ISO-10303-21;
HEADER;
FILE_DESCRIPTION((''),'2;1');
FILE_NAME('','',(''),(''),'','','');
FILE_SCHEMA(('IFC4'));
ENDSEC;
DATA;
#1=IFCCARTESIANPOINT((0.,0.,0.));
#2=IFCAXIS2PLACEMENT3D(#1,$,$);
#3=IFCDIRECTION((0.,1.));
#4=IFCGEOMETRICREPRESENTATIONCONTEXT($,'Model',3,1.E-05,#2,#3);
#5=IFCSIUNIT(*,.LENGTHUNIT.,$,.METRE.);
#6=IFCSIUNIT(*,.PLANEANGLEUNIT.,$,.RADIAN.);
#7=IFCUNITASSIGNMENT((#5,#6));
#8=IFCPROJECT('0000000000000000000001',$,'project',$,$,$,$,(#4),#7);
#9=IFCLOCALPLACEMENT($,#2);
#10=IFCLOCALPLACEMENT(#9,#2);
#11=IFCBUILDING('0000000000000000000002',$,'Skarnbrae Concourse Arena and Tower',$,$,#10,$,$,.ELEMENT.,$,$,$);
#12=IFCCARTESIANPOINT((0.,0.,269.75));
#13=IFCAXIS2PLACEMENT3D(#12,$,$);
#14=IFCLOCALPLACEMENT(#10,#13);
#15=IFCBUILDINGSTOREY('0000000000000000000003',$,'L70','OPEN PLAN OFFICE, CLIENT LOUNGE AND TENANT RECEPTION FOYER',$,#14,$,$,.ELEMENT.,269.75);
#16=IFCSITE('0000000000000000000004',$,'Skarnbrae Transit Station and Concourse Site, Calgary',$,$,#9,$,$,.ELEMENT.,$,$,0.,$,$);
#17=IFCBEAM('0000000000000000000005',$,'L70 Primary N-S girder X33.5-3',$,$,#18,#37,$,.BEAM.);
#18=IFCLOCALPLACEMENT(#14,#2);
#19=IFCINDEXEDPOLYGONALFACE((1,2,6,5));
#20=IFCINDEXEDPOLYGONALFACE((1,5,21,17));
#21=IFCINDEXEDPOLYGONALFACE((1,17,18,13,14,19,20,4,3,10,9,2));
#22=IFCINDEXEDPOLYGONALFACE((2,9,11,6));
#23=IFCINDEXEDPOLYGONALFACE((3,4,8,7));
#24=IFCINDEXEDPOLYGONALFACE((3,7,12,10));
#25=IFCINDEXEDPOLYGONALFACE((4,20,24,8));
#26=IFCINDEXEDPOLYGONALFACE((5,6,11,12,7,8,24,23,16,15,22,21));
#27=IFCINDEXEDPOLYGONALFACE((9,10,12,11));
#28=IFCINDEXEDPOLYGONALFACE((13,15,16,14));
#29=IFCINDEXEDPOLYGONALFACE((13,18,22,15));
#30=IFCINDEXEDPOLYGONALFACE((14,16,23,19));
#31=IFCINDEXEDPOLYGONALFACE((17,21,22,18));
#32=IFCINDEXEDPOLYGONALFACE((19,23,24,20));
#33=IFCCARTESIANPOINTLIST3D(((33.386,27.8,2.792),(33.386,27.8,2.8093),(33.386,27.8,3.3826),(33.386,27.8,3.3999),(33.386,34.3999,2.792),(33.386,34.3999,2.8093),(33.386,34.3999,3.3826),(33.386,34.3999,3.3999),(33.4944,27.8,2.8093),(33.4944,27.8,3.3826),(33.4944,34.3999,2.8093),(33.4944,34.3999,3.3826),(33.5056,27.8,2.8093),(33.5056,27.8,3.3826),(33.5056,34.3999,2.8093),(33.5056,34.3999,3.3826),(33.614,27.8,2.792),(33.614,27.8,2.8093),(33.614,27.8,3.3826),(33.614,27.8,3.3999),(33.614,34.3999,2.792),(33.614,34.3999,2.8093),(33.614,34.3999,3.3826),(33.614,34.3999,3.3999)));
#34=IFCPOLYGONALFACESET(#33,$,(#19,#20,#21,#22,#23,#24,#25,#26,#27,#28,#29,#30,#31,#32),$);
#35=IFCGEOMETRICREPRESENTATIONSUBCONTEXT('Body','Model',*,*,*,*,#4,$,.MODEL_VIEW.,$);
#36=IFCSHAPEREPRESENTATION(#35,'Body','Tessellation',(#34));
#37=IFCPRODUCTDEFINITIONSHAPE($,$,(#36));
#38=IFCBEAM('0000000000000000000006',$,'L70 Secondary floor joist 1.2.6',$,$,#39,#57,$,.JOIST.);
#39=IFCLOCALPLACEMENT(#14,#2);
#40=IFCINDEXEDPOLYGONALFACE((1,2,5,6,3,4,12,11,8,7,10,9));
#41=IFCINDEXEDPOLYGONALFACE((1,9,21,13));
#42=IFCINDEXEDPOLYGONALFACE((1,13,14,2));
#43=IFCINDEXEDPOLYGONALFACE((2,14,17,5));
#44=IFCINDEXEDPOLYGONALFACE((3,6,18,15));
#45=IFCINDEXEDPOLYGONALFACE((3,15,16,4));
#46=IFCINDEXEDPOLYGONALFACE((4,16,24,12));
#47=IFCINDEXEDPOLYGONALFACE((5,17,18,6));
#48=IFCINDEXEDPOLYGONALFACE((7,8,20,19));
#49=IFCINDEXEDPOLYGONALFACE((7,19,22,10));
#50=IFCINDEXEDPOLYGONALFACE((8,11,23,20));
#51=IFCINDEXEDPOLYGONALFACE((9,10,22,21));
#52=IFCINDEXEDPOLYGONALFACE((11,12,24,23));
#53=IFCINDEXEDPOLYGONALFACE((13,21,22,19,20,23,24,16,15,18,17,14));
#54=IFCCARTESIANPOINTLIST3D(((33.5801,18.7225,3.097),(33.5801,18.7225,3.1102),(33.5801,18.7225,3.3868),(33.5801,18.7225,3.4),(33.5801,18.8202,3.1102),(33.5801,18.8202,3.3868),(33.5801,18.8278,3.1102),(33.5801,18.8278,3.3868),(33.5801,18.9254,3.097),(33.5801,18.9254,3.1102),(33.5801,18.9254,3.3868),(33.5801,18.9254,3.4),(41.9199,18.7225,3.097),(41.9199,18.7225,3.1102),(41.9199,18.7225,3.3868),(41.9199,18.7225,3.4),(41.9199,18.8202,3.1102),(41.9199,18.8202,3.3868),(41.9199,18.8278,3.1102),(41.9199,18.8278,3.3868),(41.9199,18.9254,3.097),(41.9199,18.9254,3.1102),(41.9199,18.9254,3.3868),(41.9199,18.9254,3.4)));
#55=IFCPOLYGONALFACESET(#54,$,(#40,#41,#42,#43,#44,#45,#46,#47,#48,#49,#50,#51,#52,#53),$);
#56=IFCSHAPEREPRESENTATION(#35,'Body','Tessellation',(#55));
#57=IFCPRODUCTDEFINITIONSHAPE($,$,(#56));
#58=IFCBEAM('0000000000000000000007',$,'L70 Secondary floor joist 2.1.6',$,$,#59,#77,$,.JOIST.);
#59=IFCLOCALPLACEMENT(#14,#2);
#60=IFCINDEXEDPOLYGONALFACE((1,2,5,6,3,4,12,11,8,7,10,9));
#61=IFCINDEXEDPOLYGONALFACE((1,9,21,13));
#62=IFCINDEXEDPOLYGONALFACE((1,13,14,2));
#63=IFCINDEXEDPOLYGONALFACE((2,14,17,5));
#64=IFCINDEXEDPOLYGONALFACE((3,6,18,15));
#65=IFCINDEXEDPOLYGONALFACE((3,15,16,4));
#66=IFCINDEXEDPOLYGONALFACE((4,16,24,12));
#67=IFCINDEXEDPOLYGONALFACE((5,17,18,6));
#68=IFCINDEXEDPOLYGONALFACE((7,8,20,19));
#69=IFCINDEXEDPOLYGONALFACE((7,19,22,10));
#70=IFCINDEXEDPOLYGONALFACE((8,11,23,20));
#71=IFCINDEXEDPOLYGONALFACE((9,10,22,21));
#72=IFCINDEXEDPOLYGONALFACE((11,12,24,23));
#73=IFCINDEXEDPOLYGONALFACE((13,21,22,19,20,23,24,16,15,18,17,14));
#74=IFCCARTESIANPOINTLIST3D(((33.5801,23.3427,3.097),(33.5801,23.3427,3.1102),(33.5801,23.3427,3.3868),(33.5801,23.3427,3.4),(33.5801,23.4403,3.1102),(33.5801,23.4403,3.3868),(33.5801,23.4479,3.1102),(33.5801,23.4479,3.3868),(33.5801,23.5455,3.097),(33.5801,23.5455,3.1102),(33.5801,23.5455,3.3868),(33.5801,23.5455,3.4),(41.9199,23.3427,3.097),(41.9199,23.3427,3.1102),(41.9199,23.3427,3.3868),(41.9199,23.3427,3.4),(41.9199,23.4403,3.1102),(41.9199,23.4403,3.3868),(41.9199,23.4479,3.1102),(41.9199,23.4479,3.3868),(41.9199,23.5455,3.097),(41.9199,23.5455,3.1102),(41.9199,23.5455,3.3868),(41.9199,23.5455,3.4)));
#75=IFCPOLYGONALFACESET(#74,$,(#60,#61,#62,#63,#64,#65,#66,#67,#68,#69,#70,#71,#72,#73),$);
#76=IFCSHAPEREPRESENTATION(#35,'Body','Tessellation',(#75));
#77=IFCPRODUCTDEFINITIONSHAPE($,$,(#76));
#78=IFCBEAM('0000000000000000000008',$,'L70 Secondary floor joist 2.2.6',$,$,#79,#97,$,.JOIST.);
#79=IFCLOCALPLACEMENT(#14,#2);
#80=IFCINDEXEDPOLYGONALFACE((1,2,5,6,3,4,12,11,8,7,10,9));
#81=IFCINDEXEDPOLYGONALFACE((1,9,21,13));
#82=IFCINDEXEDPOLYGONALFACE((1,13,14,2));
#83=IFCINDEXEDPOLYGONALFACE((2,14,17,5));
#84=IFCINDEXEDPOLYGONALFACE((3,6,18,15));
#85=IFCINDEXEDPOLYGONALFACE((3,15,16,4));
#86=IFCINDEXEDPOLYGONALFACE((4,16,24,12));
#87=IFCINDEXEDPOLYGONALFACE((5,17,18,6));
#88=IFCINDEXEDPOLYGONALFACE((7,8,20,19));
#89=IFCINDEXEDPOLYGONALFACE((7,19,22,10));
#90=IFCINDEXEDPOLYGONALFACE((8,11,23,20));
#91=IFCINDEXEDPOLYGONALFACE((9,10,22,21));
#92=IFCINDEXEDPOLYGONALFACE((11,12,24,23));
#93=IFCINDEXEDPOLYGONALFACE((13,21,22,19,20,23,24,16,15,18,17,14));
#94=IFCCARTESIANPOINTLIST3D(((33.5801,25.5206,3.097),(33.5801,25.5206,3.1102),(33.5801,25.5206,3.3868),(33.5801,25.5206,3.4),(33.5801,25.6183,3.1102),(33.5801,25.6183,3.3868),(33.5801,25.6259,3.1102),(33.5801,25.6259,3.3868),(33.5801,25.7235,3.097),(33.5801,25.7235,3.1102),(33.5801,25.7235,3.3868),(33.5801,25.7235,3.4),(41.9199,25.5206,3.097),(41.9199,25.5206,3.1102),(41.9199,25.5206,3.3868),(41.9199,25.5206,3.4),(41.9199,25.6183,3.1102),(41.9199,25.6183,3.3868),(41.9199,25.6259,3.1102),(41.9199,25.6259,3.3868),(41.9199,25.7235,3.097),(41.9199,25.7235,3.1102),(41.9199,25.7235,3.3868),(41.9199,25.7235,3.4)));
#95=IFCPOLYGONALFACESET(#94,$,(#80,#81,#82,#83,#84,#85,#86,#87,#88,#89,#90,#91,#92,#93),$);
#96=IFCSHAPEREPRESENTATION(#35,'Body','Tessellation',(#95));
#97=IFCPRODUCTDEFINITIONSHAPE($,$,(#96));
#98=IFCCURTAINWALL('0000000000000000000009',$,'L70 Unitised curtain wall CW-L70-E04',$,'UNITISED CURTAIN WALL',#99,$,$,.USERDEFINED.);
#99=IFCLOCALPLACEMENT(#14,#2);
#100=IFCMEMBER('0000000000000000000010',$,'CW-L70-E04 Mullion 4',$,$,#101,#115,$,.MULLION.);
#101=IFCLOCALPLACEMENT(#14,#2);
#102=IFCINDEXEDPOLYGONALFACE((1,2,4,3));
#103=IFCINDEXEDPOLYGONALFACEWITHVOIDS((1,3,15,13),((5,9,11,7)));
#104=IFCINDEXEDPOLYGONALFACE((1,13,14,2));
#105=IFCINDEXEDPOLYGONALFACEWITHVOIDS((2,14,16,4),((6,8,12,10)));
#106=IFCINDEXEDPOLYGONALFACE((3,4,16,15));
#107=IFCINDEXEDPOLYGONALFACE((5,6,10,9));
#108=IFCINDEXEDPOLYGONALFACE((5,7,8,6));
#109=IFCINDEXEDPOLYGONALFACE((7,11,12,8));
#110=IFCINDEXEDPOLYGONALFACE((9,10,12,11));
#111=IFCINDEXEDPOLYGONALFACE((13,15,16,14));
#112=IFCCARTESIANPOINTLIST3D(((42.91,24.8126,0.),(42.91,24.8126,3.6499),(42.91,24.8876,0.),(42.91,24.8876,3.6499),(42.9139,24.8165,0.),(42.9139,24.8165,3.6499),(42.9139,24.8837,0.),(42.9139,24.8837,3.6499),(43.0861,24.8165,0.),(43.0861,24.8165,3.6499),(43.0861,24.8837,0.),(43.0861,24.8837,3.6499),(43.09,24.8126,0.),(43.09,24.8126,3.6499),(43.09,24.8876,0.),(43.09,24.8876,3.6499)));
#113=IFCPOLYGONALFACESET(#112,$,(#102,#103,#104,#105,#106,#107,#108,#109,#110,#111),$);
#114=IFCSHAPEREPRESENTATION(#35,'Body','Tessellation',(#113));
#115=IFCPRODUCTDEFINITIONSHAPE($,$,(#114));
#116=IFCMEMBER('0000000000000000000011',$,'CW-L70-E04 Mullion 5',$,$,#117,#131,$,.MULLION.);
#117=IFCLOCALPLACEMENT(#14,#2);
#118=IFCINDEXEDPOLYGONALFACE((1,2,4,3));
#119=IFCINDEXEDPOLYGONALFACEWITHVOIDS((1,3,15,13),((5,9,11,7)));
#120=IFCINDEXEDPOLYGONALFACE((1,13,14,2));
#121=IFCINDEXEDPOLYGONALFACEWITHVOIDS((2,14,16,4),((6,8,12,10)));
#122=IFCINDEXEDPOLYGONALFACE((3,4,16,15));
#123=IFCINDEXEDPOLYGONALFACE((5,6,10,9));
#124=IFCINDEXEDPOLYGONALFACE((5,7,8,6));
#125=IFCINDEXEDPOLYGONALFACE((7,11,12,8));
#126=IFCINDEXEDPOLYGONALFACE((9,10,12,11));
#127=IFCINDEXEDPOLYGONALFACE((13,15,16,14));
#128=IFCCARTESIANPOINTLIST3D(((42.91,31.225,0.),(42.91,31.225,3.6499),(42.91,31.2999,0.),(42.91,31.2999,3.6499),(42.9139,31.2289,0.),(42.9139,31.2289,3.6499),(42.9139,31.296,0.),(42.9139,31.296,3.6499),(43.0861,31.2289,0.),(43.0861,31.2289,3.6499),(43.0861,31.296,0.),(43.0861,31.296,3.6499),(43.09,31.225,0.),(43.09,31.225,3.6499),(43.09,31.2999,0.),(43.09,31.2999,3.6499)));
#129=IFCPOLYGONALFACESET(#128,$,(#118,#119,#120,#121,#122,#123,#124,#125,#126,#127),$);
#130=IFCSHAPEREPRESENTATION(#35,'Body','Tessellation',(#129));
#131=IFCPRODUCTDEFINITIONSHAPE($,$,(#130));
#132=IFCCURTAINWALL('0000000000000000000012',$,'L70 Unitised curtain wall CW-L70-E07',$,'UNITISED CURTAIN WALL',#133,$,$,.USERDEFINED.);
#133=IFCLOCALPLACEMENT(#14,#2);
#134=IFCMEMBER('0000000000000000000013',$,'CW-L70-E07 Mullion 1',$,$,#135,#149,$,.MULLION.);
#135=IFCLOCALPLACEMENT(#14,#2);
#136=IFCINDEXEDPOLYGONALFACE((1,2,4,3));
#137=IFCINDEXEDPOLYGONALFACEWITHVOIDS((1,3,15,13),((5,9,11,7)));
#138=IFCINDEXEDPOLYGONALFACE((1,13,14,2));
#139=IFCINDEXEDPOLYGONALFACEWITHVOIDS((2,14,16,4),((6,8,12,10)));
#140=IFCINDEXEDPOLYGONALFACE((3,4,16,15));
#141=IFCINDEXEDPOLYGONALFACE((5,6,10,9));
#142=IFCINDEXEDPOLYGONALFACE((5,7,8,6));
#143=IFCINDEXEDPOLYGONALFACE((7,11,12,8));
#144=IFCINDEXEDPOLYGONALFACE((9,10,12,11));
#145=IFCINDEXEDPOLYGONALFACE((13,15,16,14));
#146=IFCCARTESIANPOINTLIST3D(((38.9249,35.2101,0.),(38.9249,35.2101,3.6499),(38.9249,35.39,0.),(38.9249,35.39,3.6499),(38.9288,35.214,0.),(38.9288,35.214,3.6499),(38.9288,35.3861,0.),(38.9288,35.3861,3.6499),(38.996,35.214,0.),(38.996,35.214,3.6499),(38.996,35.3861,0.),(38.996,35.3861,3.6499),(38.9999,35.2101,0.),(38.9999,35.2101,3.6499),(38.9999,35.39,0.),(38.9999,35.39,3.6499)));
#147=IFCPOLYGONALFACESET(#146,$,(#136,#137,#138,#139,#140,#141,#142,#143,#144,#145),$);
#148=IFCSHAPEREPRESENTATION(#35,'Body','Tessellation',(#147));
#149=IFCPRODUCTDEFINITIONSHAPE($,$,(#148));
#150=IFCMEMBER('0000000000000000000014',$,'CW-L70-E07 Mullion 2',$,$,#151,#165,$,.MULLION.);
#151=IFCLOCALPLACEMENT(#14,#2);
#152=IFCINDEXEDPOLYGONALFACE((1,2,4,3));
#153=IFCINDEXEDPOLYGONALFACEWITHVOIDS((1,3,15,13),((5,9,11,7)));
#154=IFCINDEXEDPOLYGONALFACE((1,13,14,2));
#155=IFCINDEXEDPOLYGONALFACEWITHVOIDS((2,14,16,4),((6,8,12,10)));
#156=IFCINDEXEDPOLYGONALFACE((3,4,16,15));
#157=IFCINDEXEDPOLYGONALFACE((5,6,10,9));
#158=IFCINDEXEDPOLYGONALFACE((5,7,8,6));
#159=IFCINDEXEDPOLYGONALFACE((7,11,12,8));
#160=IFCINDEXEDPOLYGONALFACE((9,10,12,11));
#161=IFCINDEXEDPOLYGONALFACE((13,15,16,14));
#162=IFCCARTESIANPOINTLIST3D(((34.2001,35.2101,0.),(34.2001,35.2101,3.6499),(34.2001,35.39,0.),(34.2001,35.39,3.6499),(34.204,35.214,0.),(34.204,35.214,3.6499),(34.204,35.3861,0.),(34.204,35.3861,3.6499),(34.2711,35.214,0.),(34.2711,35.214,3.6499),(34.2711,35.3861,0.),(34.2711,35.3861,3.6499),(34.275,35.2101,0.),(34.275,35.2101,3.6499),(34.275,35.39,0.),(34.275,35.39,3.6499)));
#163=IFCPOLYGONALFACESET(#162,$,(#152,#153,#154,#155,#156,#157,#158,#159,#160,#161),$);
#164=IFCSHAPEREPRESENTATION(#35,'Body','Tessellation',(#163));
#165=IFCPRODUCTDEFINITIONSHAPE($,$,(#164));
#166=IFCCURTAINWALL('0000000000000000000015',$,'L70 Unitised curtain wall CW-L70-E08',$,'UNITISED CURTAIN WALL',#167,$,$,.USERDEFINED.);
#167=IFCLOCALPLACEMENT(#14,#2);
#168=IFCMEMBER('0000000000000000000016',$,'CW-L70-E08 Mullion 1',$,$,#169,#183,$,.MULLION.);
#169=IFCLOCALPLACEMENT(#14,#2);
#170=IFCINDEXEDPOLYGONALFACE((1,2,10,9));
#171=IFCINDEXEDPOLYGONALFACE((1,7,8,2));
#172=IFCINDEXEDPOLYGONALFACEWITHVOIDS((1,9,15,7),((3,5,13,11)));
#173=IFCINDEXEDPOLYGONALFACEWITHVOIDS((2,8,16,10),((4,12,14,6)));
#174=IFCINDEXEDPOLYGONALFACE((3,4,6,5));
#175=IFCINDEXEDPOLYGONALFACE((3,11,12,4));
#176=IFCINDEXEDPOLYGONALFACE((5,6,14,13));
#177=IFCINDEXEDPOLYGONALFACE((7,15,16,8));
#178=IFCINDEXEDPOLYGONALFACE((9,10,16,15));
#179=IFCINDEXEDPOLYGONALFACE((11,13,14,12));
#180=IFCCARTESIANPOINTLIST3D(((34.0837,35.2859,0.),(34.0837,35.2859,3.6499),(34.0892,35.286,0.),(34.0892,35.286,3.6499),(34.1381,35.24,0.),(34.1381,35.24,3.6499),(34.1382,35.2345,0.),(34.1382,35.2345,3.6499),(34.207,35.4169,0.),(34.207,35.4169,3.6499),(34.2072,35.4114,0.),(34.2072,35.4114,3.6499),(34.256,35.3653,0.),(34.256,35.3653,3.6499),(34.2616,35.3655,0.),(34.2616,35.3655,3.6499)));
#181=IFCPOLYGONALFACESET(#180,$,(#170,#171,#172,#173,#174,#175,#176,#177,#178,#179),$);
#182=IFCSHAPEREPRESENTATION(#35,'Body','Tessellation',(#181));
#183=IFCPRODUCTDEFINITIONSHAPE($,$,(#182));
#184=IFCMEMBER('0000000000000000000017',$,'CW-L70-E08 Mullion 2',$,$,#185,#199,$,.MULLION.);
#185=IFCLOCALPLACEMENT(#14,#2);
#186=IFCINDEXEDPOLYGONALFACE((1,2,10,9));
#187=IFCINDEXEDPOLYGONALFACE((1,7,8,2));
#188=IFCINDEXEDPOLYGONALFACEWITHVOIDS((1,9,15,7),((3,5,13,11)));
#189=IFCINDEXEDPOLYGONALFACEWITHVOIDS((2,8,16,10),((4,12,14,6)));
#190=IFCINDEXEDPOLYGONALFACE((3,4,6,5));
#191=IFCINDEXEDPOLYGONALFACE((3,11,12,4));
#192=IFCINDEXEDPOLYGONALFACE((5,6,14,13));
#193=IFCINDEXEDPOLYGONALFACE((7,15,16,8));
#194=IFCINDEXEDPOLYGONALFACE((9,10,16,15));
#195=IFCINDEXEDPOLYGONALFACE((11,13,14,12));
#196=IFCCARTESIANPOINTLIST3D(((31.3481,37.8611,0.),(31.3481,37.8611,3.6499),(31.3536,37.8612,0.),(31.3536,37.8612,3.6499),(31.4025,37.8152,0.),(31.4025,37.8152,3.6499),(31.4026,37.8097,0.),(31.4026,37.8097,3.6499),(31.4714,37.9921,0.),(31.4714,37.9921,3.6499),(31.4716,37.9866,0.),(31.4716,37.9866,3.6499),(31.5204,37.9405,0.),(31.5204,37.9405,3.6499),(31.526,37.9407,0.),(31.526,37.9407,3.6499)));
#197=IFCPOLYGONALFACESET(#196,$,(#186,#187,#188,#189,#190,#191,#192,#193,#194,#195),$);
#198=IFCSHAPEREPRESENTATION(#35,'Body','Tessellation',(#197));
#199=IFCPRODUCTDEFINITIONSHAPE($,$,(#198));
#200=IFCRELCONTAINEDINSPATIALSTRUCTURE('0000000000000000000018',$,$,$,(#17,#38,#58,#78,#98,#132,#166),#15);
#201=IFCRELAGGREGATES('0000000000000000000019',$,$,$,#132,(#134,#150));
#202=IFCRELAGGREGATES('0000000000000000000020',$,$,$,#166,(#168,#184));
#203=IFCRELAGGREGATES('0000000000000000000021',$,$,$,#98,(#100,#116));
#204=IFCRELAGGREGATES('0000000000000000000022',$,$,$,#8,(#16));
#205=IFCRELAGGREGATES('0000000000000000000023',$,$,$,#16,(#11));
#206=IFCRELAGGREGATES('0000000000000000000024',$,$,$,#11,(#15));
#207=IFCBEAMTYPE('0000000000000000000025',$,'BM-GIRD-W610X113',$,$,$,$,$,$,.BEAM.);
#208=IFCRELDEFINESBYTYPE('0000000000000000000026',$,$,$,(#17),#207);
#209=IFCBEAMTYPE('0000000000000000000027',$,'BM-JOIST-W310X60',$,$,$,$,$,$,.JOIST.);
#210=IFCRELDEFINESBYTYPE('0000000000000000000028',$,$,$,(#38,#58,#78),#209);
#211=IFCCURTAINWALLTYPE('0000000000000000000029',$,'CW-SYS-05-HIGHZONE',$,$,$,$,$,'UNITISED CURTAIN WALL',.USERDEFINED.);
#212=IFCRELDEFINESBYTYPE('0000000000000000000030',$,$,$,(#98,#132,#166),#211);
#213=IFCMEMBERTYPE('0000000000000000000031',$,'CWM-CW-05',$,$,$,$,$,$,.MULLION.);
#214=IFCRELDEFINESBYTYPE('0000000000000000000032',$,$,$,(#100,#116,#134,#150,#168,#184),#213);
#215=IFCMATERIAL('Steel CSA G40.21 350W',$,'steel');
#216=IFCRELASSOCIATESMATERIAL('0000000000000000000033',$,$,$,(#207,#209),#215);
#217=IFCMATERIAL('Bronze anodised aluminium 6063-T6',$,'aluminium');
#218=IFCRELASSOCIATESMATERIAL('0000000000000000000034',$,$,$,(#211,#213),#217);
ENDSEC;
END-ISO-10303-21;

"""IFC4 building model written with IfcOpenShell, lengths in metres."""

from ifc_helpers import new_model, si_unit, direction, frame, origin, origin_2d, place, context, subcontext, project, spatial, hollow_rectangle, i_section, extrude, source, transform, mapped, material, material_profile, profile_set, type_object, element, aggregate, save


model = new_model("IFC4")

# Units and contexts
model_context = context("Model", 3, precision=1e-05, world=origin(), true_north=direction((0.0, 1.0)))
body_context = subcontext(model_context, "Body", "Model", "MODEL_VIEW")
ifc_project = project(units=[si_unit("LENGTHUNIT", "METRE"), si_unit("PLANEANGLEUNIT", "RADIAN")], contexts=[model_context])

# Site, building, storey
site_placement = place(None, origin())
site = spatial("IfcSite", under=ifc_project, at=site_placement, Name="Skarnbrae Transit Station and Concourse Site, Calgary", CompositionType="ELEMENT", RefElevation=0.0)
building_placement = place(site_placement, origin())
building = spatial("IfcBuilding", under=site, at=building_placement, Name="Skarnbrae Concourse Arena and Tower", CompositionType="ELEMENT")
storey_placement = place(building_placement, frame((0.0, 0.0, 269.75)))
storey = spatial("IfcBuildingStorey", under=building, at=storey_placement, Name="L70", Description="OPEN PLAN OFFICE, CLIENT LOUNGE AND TENANT RECEPTION FOYER", CompositionType="ELEMENT", Elevation=269.75)

# Shared definitions
ifc_material_1 = material(Name="Steel CSA G40.21 350W", Category="steel")

# Beams
ifc_material_profile_1 = material_profile(ifc_material_1, i_section(OverallWidth=0.228, OverallDepth=0.6079, WebThickness=0.0112, FlangeThickness=0.0173, at=origin_2d()), Name="W610X113")
ifc_profile_set_1 = profile_set([ifc_material_profile_1], Name="Steel CSA G40.21 350W")
beam_type_1 = type_object("IfcBeamType", Name="BM-GIRD-W610X113", PredefinedType="BEAM", material=ifc_profile_set_1)
shared_shape_1 = source(origin(), body_context, "Body", "SweptSolid", [
    extrude(i_section(OverallWidth=0.228, OverallDepth=0.6079, WebThickness=0.0112, FlangeThickness=0.0173, at=origin_2d()), origin(), (0.0, 0.0, 1.0), 6.5999),
])
beam_1_placement = place(storey_placement, frame((33.5, 27.8, 3.0959), z_axis=(0.0, 1.0, 0.0), x_axis=(-1.0, 0.0, 0.0)))
element("IfcBeam", 1, at=beam_1_placement, inside=storey, type_object=beam_type_1, Name="L70 Primary N-S girder X33.5-3", PredefinedType="BEAM", context=body_context, shape_type="MappedRepresentation", body=[
    mapped(shared_shape_1, transform((0.0, 0.0, 0.0))),
])
ifc_material_profile_2 = material_profile(ifc_material_1, i_section(OverallWidth=0.2029, OverallDepth=0.303, WebThickness=0.0076, FlangeThickness=0.0132, at=origin_2d()), Name="W310X60")
ifc_profile_set_2 = profile_set([ifc_material_profile_2], Name="Steel CSA G40.21 350W")
beam_type_2 = type_object("IfcBeamType", Name="BM-JOIST-W310X60", PredefinedType="JOIST", material=ifc_profile_set_2)
shared_shape_2 = source(origin(), body_context, "Body", "SweptSolid", [
    extrude(i_section(OverallWidth=0.2029, OverallDepth=0.303, WebThickness=0.0076, FlangeThickness=0.0132, at=origin_2d()), origin(), (0.0, 0.0, 1.0), 8.3398),
])
for number, where, z_axis, x_axis, name in (
    (2, (33.5801, 18.824, 3.2485), (1.0, 0.0, 0.0), (0.0, 1.0, 0.0), "L70 Secondary floor joist 1.2.6"),
    (3, (33.5801, 23.4441, 3.2485), (1.0, 0.0, 0.0), (0.0, 1.0, 0.0), "L70 Secondary floor joist 2.1.6"),
    (4, (33.5801, 25.6221, 3.2485), (1.0, 0.0, 0.0), (0.0, 1.0, 0.0), "L70 Secondary floor joist 2.2.6"),
):
    element("IfcBeam", number, at=place(storey_placement, frame(where, z_axis=z_axis, x_axis=x_axis)), inside=storey, type_object=beam_type_2, Name=name, PredefinedType="JOIST", context=body_context, shape_type="MappedRepresentation", body=[
        mapped(shared_shape_2, transform((0.0, 0.0, 0.0))),
    ])

# Curtain walls, members
ifc_material_2 = material(Name="Bronze anodised aluminium 6063-T6", Category="aluminium")
curtain_wall_type = type_object("IfcCurtainWallType", Name="CW-SYS-05-HIGHZONE", ElementType="UNITISED CURTAIN WALL", PredefinedType="USERDEFINED", material=ifc_material_2)
curtain_wall_1_placement = place(storey_placement, origin())
curtain_wall_1 = element("IfcCurtainWall", 5, at=curtain_wall_1_placement, inside=storey, type_object=curtain_wall_type, Name="L70 Unitised curtain wall CW-L70-E04", ObjectType="UNITISED CURTAIN WALL", PredefinedType="USERDEFINED")
ifc_material_profile_3 = material_profile(ifc_material_2, hollow_rectangle(XDim=0.075, YDim=0.1799, WallThickness=0.0039, at=origin_2d()), Name="ALU-MULL-75X180")
ifc_profile_set_3 = profile_set([ifc_material_profile_3], Name="Bronze anodised aluminium 6063-T6")
member_type_1 = type_object("IfcMemberType", Name="CWM-CW-05", PredefinedType="MULLION", material=ifc_profile_set_3)
shared_shape_3 = source(origin(), body_context, "Body", "SweptSolid", [
    extrude(hollow_rectangle(XDim=0.075, YDim=0.1799, WallThickness=0.0039, at=origin_2d()), origin(), (0.0, 0.0, 1.0), 3.6499),
])
member_1_placement = place(storey_placement, frame((43.0, 24.8501, 0.0), z_axis=(0.0, 0.0, 1.0), x_axis=(0.0, 1.0, 0.0)))
member_1 = element("IfcMember", 6, at=member_1_placement, type_object=member_type_1, Name="CW-L70-E04 Mullion 4", PredefinedType="MULLION", context=body_context, shape_type="MappedRepresentation", body=[
    mapped(shared_shape_3, transform((0.0, 0.0, 0.0))),
])
member_2_placement = place(storey_placement, frame((43.0, 31.2625, 0.0), z_axis=(0.0, 0.0, 1.0), x_axis=(0.0, 1.0, 0.0)))
member_2 = element("IfcMember", 7, at=member_2_placement, type_object=member_type_1, Name="CW-L70-E04 Mullion 5", PredefinedType="MULLION", context=body_context, shape_type="MappedRepresentation", body=[
    mapped(shared_shape_3, transform((0.0, 0.0, 0.0))),
])
curtain_wall_2_placement = place(storey_placement, origin())
curtain_wall_2 = element("IfcCurtainWall", 8, at=curtain_wall_2_placement, inside=storey, type_object=curtain_wall_type, Name="L70 Unitised curtain wall CW-L70-E07", ObjectType="UNITISED CURTAIN WALL", PredefinedType="USERDEFINED")
member_3_placement = place(storey_placement, frame((38.9624, 35.3, 0.0), z_axis=(0.0, 0.0, 1.0), x_axis=(-1.0, 0.0, 0.0)))
member_3 = element("IfcMember", 9, at=member_3_placement, type_object=member_type_1, Name="CW-L70-E07 Mullion 1", PredefinedType="MULLION", context=body_context, shape_type="MappedRepresentation", body=[
    mapped(shared_shape_3, transform((0.0, 0.0, 0.0))),
])
member_4_placement = place(storey_placement, frame((34.2375, 35.3, 0.0), z_axis=(0.0, 0.0, 1.0), x_axis=(-1.0, 0.0, 0.0)))
member_4 = element("IfcMember", 10, at=member_4_placement, type_object=member_type_1, Name="CW-L70-E07 Mullion 2", PredefinedType="MULLION", context=body_context, shape_type="MappedRepresentation", body=[
    mapped(shared_shape_3, transform((0.0, 0.0, 0.0))),
])
curtain_wall_3_placement = place(storey_placement, origin())
curtain_wall_3 = element("IfcCurtainWall", 11, at=curtain_wall_3_placement, inside=storey, type_object=curtain_wall_type, Name="L70 Unitised curtain wall CW-L70-E08", ObjectType="UNITISED CURTAIN WALL", PredefinedType="USERDEFINED")
member_5_placement = place(storey_placement, frame((34.1726, 35.3257, 0.0), z_axis=(0.0, 0.0, 1.0), x_axis=(-0.728131, 0.685438, 0.0)))
member_5 = element("IfcMember", 12, at=member_5_placement, type_object=member_type_1, Name="CW-L70-E08 Mullion 1", PredefinedType="MULLION", context=body_context, shape_type="MappedRepresentation", body=[
    mapped(shared_shape_3, transform((0.0, 0.0, 0.0))),
])
member_6_placement = place(storey_placement, frame((31.437, 37.9009, 0.0), z_axis=(0.0, 0.0, 1.0), x_axis=(-0.728131, 0.685438, 0.0)))
member_6 = element("IfcMember", 13, at=member_6_placement, type_object=member_type_1, Name="CW-L70-E08 Mullion 2", PredefinedType="MULLION", context=body_context, shape_type="MappedRepresentation", body=[
    mapped(shared_shape_3, transform((0.0, 0.0, 0.0))),
])

aggregate(curtain_wall_2, [member_3, member_4])
aggregate(curtain_wall_3, [member_5, member_6])
aggregate(curtain_wall_1, [member_1, member_2])

save(model, "model.ifc")
